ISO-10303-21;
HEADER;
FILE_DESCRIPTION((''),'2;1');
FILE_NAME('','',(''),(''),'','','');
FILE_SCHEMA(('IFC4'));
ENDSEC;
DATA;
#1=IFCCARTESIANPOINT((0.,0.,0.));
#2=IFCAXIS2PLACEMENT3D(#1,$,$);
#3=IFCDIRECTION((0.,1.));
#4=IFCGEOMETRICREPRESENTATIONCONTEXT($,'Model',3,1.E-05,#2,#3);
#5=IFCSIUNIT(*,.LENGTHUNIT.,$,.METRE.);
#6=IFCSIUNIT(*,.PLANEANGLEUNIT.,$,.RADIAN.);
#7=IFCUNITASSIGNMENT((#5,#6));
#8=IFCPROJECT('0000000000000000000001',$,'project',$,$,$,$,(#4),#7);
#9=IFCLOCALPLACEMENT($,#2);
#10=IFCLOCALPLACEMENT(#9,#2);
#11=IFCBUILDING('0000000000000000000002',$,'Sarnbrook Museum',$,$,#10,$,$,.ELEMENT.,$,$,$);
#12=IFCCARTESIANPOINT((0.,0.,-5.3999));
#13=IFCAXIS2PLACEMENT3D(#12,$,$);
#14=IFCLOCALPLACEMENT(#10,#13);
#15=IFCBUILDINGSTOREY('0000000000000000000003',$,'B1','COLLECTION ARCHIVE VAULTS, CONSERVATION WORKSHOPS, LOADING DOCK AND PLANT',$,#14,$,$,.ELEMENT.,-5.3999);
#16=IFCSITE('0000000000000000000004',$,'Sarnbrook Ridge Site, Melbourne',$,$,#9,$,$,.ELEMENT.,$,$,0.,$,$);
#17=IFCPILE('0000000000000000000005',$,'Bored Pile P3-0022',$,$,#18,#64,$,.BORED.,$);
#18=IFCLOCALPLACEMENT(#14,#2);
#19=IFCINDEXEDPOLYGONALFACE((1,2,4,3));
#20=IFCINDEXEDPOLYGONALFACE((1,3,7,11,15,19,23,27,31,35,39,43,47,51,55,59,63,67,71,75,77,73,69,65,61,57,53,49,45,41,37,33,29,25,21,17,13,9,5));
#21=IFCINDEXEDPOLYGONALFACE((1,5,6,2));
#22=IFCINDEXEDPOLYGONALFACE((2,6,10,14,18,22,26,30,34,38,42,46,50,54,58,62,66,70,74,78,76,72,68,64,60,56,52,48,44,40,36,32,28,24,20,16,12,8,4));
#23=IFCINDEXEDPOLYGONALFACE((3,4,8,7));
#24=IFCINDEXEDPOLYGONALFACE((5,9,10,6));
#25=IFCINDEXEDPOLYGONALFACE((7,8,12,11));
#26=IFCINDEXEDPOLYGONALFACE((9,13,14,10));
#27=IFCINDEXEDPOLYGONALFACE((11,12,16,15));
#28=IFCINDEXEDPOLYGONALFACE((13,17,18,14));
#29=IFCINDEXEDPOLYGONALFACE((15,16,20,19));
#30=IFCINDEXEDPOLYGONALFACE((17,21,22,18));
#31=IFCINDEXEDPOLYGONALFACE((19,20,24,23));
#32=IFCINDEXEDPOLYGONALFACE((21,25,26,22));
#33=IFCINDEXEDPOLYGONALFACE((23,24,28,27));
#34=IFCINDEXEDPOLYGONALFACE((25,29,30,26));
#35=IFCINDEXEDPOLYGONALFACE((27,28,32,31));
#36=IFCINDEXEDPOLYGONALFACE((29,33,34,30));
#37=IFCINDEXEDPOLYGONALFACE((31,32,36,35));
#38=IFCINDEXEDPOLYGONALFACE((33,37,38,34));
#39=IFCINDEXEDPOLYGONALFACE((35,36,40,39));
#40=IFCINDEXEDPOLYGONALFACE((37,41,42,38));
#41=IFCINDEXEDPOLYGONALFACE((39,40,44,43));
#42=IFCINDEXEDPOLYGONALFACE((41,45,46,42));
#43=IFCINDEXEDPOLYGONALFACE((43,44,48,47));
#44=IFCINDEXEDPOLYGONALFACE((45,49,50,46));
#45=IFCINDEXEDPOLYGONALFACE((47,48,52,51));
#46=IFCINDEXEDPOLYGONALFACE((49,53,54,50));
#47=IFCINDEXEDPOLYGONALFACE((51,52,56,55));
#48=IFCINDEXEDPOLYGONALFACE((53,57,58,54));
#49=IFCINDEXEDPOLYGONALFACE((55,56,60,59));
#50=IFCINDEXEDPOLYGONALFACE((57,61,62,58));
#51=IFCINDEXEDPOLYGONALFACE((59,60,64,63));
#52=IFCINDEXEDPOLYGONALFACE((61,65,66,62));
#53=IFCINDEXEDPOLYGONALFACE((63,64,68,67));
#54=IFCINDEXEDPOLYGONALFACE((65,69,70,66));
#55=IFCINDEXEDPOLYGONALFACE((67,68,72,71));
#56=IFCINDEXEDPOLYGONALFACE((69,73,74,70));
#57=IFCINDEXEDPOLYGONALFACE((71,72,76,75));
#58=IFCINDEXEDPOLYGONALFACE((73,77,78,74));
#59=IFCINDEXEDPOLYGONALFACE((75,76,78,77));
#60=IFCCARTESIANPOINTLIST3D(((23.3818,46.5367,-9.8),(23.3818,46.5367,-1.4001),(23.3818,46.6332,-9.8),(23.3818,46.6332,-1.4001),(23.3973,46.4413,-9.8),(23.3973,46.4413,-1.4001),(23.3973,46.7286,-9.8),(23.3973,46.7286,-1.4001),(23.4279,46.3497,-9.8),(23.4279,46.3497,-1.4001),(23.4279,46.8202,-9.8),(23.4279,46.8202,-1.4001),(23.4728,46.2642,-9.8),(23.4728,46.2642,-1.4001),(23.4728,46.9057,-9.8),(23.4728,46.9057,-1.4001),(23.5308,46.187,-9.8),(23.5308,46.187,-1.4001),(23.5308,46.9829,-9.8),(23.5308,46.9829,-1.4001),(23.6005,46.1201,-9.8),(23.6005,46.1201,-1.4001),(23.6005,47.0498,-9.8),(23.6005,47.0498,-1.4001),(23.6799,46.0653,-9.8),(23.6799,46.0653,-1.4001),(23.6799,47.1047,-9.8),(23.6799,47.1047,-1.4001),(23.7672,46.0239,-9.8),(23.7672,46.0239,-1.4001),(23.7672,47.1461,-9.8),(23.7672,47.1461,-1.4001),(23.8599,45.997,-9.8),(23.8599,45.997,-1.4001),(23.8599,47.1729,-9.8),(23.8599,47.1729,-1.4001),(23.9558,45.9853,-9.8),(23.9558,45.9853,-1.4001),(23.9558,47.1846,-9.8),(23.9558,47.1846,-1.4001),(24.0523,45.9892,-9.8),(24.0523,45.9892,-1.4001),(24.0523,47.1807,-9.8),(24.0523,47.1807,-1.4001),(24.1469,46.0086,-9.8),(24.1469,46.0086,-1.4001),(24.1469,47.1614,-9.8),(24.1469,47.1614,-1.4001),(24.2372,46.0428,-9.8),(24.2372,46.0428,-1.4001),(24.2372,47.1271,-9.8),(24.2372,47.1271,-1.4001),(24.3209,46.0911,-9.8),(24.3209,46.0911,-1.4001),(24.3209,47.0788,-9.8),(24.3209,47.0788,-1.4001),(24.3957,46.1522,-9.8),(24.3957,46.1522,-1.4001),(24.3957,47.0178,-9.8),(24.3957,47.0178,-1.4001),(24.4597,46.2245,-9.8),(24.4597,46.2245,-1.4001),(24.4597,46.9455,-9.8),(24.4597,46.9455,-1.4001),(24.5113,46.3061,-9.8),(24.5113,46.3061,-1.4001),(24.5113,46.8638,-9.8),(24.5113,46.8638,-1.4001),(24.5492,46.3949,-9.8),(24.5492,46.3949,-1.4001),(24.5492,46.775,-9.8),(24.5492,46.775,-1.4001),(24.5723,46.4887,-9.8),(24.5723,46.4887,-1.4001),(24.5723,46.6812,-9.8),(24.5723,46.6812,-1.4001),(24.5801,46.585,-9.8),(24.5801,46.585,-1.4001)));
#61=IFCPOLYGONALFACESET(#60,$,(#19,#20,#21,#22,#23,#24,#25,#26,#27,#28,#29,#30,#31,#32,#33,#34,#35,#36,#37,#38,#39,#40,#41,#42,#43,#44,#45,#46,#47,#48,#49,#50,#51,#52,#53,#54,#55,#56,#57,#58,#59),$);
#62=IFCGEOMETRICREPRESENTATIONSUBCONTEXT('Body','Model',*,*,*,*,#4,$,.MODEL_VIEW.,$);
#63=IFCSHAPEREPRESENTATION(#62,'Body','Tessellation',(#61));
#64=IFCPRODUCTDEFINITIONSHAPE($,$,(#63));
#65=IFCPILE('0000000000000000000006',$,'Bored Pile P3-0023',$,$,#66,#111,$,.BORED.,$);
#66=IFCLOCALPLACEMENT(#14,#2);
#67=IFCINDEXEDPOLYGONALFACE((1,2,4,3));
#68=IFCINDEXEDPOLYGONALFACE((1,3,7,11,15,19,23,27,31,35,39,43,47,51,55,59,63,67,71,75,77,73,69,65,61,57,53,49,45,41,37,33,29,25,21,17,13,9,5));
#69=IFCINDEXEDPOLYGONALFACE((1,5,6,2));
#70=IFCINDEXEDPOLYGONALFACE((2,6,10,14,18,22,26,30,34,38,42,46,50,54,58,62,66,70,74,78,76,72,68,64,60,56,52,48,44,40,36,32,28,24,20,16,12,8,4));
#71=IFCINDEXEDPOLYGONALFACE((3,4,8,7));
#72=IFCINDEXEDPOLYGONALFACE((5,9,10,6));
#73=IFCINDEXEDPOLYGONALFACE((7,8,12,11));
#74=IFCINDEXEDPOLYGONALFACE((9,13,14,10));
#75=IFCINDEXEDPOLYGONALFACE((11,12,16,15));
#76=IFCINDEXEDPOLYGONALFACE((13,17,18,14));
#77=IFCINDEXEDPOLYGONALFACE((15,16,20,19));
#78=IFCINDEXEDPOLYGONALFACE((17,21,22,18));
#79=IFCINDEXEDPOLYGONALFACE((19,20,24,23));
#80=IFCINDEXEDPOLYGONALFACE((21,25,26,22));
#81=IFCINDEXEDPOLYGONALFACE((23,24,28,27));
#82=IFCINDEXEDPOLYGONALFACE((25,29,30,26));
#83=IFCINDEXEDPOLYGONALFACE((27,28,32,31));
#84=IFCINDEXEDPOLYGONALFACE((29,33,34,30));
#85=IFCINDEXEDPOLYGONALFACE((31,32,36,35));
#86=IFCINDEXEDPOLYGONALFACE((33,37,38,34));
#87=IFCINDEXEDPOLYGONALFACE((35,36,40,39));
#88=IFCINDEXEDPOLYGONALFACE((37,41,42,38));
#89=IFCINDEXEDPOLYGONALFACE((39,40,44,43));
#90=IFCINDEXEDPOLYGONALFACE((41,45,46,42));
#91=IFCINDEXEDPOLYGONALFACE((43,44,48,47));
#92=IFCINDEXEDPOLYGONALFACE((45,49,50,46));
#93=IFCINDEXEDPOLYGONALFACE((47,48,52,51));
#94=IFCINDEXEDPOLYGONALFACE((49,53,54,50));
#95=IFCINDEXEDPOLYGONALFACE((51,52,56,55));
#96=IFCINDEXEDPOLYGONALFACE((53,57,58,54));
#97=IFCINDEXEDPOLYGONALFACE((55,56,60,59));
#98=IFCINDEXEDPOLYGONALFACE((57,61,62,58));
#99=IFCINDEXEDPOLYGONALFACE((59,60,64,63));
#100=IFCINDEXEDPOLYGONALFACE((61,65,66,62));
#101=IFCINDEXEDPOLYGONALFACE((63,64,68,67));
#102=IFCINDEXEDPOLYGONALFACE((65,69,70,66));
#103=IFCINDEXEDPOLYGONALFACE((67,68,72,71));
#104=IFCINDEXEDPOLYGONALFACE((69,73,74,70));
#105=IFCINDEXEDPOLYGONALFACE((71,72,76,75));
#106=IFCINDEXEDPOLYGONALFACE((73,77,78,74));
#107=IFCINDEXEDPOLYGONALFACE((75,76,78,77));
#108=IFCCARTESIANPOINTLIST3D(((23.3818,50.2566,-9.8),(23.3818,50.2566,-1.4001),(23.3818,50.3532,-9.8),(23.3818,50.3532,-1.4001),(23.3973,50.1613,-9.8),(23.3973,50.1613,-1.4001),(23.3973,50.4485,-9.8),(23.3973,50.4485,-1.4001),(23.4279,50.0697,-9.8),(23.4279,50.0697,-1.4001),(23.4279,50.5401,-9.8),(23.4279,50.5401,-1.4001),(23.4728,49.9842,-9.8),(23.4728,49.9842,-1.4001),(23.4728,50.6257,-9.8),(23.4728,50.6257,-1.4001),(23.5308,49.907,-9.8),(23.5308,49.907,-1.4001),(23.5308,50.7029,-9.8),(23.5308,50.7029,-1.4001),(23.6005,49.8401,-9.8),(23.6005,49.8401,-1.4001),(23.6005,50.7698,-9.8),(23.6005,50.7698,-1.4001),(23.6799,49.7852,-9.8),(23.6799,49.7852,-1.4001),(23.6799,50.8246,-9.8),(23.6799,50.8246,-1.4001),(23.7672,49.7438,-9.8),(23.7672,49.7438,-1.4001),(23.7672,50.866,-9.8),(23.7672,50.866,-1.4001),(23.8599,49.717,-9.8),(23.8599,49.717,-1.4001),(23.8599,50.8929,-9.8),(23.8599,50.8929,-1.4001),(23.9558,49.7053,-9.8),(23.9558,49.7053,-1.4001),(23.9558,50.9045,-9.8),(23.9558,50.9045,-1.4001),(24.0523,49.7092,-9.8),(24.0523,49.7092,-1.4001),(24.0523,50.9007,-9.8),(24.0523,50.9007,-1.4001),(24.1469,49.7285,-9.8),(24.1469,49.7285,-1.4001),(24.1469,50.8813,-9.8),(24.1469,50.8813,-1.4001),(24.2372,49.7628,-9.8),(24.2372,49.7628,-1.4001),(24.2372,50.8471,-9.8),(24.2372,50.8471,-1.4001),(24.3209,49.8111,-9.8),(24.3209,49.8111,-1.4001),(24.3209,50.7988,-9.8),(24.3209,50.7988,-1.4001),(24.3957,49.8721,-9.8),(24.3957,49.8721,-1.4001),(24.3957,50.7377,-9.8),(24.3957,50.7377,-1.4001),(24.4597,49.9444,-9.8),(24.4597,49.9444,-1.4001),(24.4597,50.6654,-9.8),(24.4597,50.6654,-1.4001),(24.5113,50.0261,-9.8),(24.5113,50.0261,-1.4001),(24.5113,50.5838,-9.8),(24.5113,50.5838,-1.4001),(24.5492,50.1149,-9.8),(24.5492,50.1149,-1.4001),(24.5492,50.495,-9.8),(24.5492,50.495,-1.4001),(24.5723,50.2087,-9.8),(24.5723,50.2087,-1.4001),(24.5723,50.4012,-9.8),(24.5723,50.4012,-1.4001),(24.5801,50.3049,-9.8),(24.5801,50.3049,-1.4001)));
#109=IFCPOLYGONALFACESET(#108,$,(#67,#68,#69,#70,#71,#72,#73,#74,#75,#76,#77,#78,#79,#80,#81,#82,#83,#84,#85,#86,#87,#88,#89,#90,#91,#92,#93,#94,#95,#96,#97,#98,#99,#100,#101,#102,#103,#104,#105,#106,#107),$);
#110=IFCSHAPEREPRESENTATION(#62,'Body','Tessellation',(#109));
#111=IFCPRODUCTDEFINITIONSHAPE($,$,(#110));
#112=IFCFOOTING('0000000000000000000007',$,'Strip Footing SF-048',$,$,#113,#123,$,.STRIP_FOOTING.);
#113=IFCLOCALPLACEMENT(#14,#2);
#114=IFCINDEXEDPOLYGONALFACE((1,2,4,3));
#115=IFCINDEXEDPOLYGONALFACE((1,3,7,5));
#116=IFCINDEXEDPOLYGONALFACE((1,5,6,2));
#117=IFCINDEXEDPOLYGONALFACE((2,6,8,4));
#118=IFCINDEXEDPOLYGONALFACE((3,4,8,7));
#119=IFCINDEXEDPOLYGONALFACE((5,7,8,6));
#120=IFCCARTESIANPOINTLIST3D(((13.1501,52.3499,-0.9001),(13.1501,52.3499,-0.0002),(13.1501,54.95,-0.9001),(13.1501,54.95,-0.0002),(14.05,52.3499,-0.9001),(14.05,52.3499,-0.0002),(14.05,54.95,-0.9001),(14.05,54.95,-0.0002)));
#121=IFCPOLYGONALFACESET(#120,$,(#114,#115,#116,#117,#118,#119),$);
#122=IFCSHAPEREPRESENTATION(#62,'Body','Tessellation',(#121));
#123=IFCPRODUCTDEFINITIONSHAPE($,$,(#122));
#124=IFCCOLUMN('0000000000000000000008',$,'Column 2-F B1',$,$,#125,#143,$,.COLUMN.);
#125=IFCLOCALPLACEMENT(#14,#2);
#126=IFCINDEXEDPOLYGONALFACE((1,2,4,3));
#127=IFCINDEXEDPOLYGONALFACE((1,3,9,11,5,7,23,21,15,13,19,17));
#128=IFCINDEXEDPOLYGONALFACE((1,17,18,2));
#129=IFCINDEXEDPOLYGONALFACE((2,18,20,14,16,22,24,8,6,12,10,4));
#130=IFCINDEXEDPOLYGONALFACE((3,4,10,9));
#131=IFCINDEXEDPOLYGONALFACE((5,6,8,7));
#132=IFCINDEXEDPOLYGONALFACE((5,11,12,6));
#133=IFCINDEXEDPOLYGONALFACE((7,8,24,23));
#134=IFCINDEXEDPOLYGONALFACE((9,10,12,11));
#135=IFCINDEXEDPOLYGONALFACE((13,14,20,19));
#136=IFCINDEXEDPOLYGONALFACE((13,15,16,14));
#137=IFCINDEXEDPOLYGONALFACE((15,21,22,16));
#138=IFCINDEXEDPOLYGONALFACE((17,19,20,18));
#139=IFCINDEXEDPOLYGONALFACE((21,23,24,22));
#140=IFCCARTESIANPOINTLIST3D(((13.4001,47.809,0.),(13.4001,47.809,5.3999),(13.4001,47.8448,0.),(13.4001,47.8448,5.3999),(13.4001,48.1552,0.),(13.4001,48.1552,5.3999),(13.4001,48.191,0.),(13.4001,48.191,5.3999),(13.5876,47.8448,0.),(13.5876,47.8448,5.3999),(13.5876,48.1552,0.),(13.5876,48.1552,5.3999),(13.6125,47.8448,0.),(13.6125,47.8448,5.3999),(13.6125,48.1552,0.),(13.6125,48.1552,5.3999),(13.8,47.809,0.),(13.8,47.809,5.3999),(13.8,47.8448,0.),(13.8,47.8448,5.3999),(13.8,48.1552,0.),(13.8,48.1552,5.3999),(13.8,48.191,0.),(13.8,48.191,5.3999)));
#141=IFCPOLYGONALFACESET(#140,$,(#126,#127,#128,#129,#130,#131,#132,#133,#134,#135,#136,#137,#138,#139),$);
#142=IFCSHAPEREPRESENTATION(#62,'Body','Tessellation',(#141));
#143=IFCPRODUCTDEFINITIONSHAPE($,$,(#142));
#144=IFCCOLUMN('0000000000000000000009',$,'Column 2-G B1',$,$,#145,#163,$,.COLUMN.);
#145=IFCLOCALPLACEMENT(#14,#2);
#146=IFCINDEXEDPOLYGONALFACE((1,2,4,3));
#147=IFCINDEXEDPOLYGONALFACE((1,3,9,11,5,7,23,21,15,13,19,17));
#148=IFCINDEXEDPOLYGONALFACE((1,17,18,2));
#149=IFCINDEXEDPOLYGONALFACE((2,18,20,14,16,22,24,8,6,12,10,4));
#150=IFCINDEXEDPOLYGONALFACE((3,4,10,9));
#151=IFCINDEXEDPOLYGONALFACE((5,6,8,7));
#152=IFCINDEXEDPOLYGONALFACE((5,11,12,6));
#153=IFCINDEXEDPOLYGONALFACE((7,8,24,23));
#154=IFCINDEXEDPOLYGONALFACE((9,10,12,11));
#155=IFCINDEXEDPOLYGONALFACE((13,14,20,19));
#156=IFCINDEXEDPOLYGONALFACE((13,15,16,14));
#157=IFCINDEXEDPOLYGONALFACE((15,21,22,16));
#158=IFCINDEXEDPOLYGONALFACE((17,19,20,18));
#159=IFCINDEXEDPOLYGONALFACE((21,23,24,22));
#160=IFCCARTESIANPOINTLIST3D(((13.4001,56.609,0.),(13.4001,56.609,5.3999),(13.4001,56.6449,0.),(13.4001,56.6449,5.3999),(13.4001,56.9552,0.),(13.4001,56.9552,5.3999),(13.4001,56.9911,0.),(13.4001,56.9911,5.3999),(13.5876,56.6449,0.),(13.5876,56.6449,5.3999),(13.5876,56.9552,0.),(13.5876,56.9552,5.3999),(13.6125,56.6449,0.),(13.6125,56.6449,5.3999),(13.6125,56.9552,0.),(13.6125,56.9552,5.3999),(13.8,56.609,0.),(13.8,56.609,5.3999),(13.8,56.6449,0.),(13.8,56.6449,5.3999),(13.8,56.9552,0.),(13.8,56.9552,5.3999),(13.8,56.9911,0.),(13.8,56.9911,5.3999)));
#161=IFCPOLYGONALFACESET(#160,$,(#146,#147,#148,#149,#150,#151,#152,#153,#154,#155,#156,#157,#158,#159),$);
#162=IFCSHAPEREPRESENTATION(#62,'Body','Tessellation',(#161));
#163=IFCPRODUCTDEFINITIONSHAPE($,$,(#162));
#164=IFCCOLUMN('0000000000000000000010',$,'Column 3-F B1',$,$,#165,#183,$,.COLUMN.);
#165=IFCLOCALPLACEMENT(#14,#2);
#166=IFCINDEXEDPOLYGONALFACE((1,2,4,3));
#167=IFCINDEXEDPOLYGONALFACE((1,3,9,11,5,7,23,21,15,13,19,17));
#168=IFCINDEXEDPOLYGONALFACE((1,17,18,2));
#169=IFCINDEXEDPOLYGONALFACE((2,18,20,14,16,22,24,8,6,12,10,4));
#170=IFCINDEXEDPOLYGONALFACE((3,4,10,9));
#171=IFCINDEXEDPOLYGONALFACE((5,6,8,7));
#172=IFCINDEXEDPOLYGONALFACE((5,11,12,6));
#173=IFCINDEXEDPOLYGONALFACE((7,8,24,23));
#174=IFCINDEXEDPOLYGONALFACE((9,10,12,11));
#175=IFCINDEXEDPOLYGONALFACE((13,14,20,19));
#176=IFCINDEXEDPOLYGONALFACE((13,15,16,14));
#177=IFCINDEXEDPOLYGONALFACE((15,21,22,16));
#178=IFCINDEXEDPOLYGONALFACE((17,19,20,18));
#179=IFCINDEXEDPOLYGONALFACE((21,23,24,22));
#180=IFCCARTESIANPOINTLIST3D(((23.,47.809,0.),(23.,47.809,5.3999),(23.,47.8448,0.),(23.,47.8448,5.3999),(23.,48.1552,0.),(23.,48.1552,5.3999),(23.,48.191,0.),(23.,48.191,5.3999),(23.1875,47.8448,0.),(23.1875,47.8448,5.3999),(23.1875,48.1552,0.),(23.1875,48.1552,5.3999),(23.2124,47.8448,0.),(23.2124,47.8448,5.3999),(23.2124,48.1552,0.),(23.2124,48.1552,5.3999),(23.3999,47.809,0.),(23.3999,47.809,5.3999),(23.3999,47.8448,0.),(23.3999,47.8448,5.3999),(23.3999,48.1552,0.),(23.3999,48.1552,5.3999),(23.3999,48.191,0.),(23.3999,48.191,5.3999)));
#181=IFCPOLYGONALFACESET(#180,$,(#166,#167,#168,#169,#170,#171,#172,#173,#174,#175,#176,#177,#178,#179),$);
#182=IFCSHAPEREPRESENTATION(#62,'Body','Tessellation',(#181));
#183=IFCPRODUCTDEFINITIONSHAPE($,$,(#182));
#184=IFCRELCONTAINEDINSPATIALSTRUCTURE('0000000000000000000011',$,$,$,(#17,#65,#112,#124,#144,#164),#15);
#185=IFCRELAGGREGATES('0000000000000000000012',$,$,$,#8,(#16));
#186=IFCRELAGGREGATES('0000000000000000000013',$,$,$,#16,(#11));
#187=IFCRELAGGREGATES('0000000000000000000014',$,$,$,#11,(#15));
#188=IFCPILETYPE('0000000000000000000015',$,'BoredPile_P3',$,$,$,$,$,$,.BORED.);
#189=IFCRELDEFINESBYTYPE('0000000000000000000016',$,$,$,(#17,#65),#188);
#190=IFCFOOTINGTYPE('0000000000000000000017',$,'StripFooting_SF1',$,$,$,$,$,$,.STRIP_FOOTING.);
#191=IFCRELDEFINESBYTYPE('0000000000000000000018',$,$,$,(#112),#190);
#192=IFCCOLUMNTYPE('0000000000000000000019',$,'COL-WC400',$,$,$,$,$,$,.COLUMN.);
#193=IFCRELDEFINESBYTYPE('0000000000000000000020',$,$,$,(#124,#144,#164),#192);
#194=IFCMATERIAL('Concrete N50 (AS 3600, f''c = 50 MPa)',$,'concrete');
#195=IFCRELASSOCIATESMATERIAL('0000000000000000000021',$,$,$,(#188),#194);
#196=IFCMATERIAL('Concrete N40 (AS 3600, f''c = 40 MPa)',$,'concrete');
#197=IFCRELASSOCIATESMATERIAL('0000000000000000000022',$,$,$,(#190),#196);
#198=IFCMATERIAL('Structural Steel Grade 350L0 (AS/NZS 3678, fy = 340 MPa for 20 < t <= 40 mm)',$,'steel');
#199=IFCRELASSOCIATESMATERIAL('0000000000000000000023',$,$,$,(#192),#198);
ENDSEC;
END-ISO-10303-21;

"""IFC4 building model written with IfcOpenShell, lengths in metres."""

from ifc_helpers import new_model, si_unit, direction, frame, origin, origin_2d, place, context, subcontext, project, spatial, rectangle, circle, i_section, extrude, material, material_profile, profile_set, type_object, element, save


model = new_model("IFC4")

# Units and contexts
model_context = context("Model", 3, precision=1e-05, world=origin(), true_north=direction((0.0, 1.0)))
body_context = subcontext(model_context, "Body", "Model", "MODEL_VIEW")
ifc_project = project(units=[si_unit("LENGTHUNIT", "METRE"), si_unit("PLANEANGLEUNIT", "RADIAN")], contexts=[model_context])

# Site, building, storey
site_placement = place(None, origin())
site = spatial("IfcSite", under=ifc_project, at=site_placement, Name="Sarnbrook Ridge Site, Melbourne", CompositionType="ELEMENT", RefElevation=0.0)
building_placement = place(site_placement, origin())
building = spatial("IfcBuilding", under=site, at=building_placement, Name="Sarnbrook Museum", CompositionType="ELEMENT")
storey_placement = place(building_placement, frame((0.0, 0.0, -5.3999)))
storey = spatial("IfcBuildingStorey", under=building, at=storey_placement, Name="B1", Description="COLLECTION ARCHIVE VAULTS, CONSERVATION WORKSHOPS, LOADING DOCK AND PLANT", CompositionType="ELEMENT", Elevation=-5.3999)

# Piles
ifc_material_1 = material(Name="Concrete N50 (AS 3600, f'c = 50 MPa)", Category="concrete")
ifc_material_profile_1 = material_profile(ifc_material_1, circle(Radius=0.6001, at=origin_2d()), Name="BORED PILE D1200")
ifc_profile_set_1 = profile_set([ifc_material_profile_1], Name="Concrete N50 (AS 3600, f'c = 50 MPa)")
pile_type = type_object("IfcPileType", Name="BoredPile_P3", PredefinedType="BORED", material=ifc_profile_set_1)
for number, where, z_axis, x_axis, name in (
    (1, (23.98, 46.585, -1.4001), (0.0, 0.0, -1.0), (1.0, 0.0, 0.0), "Bored Pile P3-0022"),
    (2, (23.98, 50.3049, -1.4001), (0.0, 0.0, -1.0), (1.0, 0.0, 0.0), "Bored Pile P3-0023"),
):
    element("IfcPile", number, at=place(storey_placement, frame(where, z_axis=z_axis, x_axis=x_axis)), inside=storey, type_object=pile_type, Name=name, PredefinedType="BORED", context=body_context, shape_type="SweptSolid", body=[
        extrude(circle(Radius=0.6001, at=origin_2d()), origin(), (0.0, 0.0, 1.0), 8.3999),
    ])

# Footing
ifc_material_2 = material(Name="Concrete N40 (AS 3600, f'c = 40 MPa)", Category="concrete")
footing_type = type_object("IfcFootingType", Name="StripFooting_SF1", PredefinedType="STRIP_FOOTING", material=ifc_material_2)
footing_placement = place(storey_placement, frame((13.6001, 53.6499, -0.9001), z_axis=(0.0, 0.0, 1.0), x_axis=(1.0, 0.0, 0.0)))
element("IfcFooting", 3, at=footing_placement, inside=storey, type_object=footing_type, Name="Strip Footing SF-048", PredefinedType="STRIP_FOOTING", context=body_context, shape_type="SweptSolid", body=[
    extrude(rectangle(XDim=0.8999, YDim=2.6001, at=origin_2d()), origin(), (0.0, 0.0, 1.0), 0.8999),
])

# Columns
ifc_material_3 = material(Name="Structural Steel Grade 350L0 (AS/NZS 3678, fy = 340 MPa for 20 < t <= 40 mm)", Category="steel")
ifc_material_profile_2 = material_profile(ifc_material_3, i_section(OverallWidth=0.3999, OverallDepth=0.3821, WebThickness=0.0249, FlangeThickness=0.0359, at=origin_2d()), Name="400WC270")
ifc_profile_set_2 = profile_set([ifc_material_profile_2], Name="Structural Steel Grade 350L0 (AS/NZS 3678, fy = 340 MPa for 20 < t <= 40 mm)")
column_type = type_object("IfcColumnType", Name="COL-WC400", PredefinedType="COLUMN", material=ifc_profile_set_2)
for number, where, z_axis, x_axis, name in (
    (4, (13.6001, 48.0, 0.0), (0.0, 0.0, 1.0), (1.0, 0.0, 0.0), "Column 2-F B1"),
    (5, (13.6001, 56.8, 0.0), (0.0, 0.0, 1.0), (1.0, 0.0, 0.0), "Column 2-G B1"),
    (6, (23.2, 48.0, 0.0), (0.0, 0.0, 1.0), (1.0, 0.0, 0.0), "Column 3-F B1"),
):
    element("IfcColumn", number, at=place(storey_placement, frame(where, z_axis=z_axis, x_axis=x_axis)), inside=storey, type_object=column_type, Name=name, PredefinedType="COLUMN", context=body_context, shape_type="SweptSolid", body=[
        extrude(i_section(OverallWidth=0.3999, OverallDepth=0.3821, WebThickness=0.0249, FlangeThickness=0.0359, at=origin_2d()), origin(), (0.0, 0.0, 1.0), 5.3999),
    ])

save(model, "model.ifc")
